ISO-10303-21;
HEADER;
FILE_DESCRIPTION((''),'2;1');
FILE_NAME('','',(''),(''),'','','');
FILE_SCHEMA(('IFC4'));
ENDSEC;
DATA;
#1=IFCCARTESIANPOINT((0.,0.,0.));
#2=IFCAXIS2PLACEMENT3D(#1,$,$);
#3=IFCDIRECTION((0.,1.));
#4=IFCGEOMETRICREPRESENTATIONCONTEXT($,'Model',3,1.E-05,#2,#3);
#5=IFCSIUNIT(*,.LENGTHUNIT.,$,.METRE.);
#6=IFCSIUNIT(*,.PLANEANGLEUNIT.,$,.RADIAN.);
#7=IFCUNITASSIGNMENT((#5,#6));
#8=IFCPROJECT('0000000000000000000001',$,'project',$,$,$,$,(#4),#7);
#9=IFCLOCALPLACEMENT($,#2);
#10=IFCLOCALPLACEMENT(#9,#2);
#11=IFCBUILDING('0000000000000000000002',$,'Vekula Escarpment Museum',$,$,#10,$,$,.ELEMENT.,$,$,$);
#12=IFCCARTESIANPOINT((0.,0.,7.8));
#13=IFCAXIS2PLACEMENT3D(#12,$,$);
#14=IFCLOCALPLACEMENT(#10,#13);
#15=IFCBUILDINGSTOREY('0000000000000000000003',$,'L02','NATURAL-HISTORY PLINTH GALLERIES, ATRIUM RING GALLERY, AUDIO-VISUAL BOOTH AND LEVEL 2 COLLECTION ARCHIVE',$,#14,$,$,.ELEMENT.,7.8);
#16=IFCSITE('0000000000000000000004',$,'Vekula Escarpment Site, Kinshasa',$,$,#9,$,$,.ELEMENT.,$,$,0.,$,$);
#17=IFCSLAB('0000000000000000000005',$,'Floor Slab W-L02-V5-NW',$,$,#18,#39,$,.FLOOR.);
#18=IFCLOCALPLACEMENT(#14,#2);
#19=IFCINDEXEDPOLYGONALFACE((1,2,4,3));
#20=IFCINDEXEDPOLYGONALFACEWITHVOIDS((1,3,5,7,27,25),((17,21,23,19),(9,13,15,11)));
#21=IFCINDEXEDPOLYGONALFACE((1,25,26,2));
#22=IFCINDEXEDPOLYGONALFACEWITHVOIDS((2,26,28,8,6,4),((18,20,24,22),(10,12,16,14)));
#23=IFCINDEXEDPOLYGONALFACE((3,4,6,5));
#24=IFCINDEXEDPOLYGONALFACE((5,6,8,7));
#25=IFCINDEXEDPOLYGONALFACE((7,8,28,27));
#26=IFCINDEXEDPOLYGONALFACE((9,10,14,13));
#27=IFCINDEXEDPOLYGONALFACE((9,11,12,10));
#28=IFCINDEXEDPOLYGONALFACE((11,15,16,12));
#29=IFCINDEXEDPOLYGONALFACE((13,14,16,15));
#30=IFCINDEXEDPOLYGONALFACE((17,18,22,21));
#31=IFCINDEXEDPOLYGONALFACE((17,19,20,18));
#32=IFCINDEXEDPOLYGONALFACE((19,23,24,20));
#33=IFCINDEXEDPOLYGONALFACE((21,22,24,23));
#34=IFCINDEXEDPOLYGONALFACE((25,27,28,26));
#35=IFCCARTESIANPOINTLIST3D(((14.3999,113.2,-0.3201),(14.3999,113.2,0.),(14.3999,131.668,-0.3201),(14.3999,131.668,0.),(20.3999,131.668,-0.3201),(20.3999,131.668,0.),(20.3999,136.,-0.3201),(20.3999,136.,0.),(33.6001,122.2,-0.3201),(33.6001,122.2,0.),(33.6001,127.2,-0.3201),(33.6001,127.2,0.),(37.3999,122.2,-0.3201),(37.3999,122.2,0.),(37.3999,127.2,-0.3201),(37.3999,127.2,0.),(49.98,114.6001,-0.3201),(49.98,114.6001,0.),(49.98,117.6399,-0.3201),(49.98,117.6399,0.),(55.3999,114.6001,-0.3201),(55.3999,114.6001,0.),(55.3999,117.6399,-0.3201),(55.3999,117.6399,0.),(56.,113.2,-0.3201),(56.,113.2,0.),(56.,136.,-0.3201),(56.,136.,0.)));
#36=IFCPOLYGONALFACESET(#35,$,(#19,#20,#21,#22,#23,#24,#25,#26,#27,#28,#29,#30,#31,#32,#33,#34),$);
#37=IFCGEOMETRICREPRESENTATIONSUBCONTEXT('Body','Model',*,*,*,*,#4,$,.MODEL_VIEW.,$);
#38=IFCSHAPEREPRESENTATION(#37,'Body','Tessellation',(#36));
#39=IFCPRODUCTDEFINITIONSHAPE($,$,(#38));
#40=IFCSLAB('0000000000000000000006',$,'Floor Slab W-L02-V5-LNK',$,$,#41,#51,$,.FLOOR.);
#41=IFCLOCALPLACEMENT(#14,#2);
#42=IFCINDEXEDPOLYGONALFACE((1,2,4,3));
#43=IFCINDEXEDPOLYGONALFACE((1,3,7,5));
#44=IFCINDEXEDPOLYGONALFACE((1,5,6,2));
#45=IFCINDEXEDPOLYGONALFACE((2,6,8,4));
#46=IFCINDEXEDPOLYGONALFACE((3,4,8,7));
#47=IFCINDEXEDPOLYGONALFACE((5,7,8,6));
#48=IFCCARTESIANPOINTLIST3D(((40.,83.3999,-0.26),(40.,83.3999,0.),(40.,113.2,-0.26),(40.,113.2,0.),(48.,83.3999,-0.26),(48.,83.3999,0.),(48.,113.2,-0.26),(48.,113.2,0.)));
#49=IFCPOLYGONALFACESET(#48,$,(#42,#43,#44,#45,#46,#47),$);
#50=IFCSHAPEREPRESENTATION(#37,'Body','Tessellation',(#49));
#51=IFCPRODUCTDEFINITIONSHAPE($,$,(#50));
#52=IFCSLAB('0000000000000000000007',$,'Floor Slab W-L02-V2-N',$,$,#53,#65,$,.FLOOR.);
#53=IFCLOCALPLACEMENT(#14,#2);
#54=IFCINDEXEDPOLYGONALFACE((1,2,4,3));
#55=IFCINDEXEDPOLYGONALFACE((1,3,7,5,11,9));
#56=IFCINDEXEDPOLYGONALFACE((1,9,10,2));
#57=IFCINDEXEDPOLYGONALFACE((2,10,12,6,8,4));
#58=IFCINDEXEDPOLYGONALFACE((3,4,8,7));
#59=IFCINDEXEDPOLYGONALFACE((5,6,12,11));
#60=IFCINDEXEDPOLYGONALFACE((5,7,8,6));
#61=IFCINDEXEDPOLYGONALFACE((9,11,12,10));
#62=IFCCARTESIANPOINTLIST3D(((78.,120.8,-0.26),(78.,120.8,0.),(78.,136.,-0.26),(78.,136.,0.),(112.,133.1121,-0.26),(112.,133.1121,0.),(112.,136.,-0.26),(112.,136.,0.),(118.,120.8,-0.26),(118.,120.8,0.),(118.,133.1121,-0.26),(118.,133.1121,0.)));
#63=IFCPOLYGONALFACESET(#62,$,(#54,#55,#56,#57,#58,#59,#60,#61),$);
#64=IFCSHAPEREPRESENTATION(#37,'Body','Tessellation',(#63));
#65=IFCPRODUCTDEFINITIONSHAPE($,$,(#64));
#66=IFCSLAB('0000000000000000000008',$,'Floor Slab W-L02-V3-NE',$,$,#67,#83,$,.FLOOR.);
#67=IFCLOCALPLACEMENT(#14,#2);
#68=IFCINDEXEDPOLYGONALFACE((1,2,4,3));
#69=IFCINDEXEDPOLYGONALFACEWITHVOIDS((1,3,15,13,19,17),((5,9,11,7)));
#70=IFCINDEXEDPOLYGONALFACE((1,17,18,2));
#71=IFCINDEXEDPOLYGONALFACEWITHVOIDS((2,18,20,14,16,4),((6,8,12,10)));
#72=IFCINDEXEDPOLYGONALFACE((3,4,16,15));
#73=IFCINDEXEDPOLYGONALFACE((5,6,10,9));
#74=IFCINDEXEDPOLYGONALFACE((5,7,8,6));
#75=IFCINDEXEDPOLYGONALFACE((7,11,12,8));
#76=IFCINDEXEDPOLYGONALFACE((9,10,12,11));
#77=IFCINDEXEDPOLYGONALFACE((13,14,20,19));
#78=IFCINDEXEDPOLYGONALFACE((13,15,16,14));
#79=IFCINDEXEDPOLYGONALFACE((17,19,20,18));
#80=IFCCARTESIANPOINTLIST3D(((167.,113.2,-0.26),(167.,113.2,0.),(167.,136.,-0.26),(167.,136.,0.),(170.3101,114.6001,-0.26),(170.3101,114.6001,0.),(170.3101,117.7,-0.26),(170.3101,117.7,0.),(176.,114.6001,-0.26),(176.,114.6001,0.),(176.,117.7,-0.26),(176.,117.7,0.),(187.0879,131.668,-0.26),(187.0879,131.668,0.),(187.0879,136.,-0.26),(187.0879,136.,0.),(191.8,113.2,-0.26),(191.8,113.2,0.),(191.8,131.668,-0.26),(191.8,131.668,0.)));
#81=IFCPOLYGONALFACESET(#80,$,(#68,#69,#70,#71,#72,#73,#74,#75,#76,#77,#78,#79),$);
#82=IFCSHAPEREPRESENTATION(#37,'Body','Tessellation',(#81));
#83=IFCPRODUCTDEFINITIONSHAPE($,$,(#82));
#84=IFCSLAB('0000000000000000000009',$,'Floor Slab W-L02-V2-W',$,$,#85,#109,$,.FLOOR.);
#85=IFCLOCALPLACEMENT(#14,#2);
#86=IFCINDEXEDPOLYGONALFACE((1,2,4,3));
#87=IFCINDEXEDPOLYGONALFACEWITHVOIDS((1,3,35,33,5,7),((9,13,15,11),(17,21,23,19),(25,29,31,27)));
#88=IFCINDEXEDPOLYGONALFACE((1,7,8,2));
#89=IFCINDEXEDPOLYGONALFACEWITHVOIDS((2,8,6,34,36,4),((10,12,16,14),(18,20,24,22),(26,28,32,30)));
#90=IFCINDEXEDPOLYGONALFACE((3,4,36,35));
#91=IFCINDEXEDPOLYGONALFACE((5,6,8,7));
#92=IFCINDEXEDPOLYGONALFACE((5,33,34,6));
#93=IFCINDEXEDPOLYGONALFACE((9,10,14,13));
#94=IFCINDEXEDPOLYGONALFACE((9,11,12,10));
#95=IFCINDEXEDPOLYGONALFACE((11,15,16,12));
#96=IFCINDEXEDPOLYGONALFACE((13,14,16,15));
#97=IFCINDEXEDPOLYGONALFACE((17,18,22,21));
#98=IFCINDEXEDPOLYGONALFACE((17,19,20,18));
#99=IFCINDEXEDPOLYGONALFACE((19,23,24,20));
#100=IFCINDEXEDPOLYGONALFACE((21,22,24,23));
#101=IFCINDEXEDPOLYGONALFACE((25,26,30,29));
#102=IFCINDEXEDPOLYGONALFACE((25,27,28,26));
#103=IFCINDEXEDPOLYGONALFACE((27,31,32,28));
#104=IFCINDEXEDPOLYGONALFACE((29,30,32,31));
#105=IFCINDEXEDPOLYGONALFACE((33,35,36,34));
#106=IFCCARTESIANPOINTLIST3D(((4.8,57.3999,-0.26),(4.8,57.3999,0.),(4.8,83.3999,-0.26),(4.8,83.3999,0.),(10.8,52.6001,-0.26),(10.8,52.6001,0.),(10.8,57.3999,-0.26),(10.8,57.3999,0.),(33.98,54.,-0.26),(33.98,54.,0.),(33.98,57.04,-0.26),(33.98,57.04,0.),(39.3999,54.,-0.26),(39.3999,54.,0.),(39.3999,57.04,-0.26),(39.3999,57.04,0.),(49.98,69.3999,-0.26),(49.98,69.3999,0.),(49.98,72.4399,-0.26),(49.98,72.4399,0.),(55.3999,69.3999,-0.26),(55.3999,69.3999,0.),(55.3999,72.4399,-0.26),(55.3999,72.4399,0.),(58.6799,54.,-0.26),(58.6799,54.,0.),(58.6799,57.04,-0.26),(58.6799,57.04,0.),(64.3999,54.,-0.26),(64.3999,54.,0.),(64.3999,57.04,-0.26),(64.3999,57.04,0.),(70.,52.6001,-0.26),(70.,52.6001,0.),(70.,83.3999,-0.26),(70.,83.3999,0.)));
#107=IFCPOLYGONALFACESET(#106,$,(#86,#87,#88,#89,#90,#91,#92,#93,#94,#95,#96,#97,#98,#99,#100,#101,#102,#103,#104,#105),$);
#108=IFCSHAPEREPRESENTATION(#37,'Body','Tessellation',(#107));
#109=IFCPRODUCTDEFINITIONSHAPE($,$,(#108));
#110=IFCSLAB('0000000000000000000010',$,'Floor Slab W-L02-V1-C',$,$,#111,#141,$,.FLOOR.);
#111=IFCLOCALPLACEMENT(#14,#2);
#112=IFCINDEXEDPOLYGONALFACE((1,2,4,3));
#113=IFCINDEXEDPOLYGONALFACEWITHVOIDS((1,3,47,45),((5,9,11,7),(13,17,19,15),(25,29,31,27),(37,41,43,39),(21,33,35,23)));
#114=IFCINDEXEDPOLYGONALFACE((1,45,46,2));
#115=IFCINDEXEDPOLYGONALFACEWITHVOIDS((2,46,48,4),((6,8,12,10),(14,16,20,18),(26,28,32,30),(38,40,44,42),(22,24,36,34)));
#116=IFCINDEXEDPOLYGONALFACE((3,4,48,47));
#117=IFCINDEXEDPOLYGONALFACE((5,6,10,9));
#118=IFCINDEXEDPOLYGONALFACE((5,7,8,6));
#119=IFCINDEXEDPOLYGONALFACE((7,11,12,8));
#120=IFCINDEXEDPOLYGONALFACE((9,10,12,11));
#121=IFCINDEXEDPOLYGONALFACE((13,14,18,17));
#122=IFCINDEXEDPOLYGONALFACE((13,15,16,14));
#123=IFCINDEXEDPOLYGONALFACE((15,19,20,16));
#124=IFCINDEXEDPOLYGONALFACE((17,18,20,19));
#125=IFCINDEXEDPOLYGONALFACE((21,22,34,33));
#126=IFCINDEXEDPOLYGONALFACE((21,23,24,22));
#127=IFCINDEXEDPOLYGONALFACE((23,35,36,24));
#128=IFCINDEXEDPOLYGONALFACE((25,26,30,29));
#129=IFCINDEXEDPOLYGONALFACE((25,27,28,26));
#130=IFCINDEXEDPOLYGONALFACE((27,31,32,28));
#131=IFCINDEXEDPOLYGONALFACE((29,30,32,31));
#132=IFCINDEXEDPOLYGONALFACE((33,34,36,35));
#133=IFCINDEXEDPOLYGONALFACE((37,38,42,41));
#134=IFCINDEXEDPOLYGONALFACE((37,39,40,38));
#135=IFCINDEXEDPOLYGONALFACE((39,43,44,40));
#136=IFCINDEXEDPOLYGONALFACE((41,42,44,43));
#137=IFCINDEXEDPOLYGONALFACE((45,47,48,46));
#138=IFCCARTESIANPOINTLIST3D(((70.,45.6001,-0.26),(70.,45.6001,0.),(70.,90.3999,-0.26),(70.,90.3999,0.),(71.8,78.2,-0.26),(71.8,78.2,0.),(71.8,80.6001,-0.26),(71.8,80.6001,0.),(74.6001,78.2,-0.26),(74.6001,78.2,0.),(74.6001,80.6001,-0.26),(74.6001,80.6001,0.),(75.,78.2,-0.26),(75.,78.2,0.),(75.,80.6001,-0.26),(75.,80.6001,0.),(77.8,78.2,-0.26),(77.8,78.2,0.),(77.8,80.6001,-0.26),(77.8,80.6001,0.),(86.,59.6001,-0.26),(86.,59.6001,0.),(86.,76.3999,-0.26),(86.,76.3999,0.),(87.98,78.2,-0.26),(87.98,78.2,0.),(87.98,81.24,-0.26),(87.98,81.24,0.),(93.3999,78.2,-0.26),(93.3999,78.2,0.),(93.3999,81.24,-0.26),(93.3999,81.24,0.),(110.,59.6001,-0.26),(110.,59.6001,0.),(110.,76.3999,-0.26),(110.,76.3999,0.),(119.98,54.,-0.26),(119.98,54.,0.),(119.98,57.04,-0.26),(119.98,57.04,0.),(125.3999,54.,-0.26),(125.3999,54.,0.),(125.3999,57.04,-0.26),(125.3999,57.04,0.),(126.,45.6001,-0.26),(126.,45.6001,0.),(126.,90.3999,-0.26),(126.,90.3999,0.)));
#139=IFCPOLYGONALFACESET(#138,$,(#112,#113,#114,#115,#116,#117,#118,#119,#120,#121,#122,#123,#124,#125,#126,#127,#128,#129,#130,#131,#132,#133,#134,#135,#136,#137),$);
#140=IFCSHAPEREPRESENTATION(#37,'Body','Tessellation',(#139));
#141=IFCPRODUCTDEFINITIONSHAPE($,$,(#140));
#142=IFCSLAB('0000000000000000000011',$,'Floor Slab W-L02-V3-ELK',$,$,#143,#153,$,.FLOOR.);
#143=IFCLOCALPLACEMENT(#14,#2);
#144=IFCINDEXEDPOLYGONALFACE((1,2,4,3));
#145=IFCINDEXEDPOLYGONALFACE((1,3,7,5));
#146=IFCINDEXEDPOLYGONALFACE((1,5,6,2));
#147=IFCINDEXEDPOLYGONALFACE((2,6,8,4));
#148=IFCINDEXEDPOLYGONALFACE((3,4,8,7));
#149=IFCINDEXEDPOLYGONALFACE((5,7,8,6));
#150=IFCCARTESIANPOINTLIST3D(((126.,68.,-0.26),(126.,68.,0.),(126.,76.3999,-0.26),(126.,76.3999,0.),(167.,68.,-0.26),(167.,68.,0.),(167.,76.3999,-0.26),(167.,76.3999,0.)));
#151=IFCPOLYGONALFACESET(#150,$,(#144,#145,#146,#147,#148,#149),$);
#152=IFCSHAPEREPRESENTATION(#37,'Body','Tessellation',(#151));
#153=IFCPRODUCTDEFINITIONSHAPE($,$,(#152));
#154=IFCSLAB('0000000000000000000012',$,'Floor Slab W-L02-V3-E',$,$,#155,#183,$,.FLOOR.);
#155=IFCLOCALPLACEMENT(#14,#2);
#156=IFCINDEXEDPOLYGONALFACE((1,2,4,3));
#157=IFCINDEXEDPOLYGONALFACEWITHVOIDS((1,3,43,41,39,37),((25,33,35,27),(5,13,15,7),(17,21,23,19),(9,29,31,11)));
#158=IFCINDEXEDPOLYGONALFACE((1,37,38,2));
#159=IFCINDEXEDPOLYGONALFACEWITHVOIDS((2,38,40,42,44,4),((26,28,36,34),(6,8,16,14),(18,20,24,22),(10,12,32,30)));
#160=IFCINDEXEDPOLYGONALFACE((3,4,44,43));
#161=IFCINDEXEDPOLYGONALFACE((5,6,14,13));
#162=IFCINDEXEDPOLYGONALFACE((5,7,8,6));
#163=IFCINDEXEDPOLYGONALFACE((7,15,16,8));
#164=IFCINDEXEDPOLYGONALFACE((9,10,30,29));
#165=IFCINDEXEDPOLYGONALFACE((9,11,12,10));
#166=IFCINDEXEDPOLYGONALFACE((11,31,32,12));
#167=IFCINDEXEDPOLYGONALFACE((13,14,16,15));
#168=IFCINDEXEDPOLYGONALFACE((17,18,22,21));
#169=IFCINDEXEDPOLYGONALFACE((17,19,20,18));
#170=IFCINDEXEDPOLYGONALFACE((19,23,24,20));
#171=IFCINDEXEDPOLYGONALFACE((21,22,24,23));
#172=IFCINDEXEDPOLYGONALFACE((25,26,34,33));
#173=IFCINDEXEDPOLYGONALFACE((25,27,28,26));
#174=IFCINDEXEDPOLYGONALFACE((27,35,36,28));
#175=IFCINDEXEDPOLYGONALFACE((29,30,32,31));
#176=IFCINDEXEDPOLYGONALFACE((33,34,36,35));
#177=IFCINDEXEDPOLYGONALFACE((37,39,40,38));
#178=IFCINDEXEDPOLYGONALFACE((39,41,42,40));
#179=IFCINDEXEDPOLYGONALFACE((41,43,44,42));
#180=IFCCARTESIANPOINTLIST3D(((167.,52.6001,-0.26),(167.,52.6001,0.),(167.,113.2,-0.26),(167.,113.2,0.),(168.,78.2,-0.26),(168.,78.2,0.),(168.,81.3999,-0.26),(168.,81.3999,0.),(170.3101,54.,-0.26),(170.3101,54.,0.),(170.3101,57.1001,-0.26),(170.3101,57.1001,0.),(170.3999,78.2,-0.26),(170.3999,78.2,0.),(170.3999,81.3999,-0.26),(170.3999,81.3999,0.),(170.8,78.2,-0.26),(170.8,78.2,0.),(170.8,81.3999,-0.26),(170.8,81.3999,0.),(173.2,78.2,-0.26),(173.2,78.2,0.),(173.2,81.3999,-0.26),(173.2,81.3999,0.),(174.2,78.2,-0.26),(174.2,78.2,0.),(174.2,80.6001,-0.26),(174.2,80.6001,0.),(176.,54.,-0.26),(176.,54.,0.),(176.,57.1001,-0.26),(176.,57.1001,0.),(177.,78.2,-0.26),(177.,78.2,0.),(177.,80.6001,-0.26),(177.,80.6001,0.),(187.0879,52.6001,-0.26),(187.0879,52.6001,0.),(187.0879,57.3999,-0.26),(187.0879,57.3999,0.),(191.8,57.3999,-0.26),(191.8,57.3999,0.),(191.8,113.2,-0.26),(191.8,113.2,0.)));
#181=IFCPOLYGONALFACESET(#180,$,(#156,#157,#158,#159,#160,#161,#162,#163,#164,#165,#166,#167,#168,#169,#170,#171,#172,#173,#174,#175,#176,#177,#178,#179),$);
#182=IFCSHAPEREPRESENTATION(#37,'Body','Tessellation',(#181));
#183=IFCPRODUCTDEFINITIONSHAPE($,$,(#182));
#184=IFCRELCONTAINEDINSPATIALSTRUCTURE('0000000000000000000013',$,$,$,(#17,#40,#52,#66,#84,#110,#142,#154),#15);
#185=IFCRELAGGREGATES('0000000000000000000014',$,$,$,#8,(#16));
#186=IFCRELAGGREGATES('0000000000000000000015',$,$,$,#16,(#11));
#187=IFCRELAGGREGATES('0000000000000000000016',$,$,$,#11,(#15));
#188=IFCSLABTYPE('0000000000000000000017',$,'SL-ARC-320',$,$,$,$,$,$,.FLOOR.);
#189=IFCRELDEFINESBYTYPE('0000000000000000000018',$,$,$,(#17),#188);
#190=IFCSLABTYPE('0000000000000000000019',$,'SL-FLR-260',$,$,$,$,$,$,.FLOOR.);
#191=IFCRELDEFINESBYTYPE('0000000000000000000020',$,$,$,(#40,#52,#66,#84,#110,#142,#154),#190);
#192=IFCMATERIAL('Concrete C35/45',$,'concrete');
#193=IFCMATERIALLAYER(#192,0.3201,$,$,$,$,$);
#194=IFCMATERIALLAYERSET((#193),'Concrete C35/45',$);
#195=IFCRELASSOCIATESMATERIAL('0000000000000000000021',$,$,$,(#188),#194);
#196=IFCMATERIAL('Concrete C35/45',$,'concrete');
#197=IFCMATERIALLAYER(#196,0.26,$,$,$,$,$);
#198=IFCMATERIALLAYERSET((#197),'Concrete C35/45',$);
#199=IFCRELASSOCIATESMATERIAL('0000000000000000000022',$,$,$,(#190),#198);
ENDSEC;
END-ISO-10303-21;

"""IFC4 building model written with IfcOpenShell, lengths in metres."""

from ifc_helpers import new_model, si_unit, direction, frame, origin, place, context, subcontext, project, spatial, polyline, outline, extrude, material, layer, layer_set, type_object, element, save


model = new_model("IFC4")

# Units and contexts
model_context = context("Model", 3, precision=1e-05, world=origin(), true_north=direction((0.0, 1.0)))
body_context = subcontext(model_context, "Body", "Model", "MODEL_VIEW")
ifc_project = project(units=[si_unit("LENGTHUNIT", "METRE"), si_unit("PLANEANGLEUNIT", "RADIAN")], contexts=[model_context])

# Site, building, storey
site_placement = place(None, origin())
site = spatial("IfcSite", under=ifc_project, at=site_placement, Name="Vekula Escarpment Site, Kinshasa", CompositionType="ELEMENT", RefElevation=0.0)
building_placement = place(site_placement, origin())
building = spatial("IfcBuilding", under=site, at=building_placement, Name="Vekula Escarpment Museum", CompositionType="ELEMENT")
storey_placement = place(building_placement, frame((0.0, 0.0, 7.8)))
storey = spatial("IfcBuildingStorey", under=building, at=storey_placement, Name="L02", Description="NATURAL-HISTORY PLINTH GALLERIES, ATRIUM RING GALLERY, AUDIO-VISUAL BOOTH AND LEVEL 2 COLLECTION ARCHIVE", CompositionType="ELEMENT", Elevation=7.8)

# Slabs
ifc_material_1 = material(Name="Concrete C35/45", Category="concrete")
ifc_layer_1 = layer(ifc_material_1, 0.3201)
ifc_layer_set_1 = layer_set([ifc_layer_1], Name="Concrete C35/45")
slab_type_1 = type_object("IfcSlabType", Name="SL-ARC-320", PredefinedType="FLOOR", material=ifc_layer_set_1)
slab_1_placement = place(storey_placement, frame((0.0, 0.0, -0.3201)))
element("IfcSlab", 1, at=slab_1_placement, inside=storey, type_object=slab_type_1, Name="Floor Slab W-L02-V5-NW", PredefinedType="FLOOR", context=body_context, shape_type="SweptSolid", body=[
    extrude(outline(polyline([(14.3999, 113.2), (56.0, 113.2), (56.0, 136.0), (20.3999, 136.0), (20.3999, 131.668), (14.3999, 131.668), (14.3999, 113.2)]), holes=[polyline([(49.98, 114.6001), (55.3999, 114.6001), (55.3999, 117.6399), (49.98, 117.6399), (49.98, 114.6001)]), polyline([(33.6001, 122.2), (37.3999, 122.2), (37.3999, 127.2), (33.6001, 127.2), (33.6001, 122.2)])]), origin(), (0.0, 0.0, 1.0), 0.3201),
])
ifc_material_2 = material(Name="Concrete C35/45", Category="concrete")
ifc_layer_2 = layer(ifc_material_2, 0.26)
ifc_layer_set_2 = layer_set([ifc_layer_2], Name="Concrete C35/45")
slab_type_2 = type_object("IfcSlabType", Name="SL-FLR-260", PredefinedType="FLOOR", material=ifc_layer_set_2)
slab_2_placement = place(storey_placement, frame((0.0, 0.0, -0.26)))
element("IfcSlab", 2, at=slab_2_placement, inside=storey, type_object=slab_type_2, Name="Floor Slab W-L02-V5-LNK", PredefinedType="FLOOR", context=body_context, shape_type="SweptSolid", body=[
    extrude(outline(polyline([(40.0, 83.3999), (48.0, 83.3999), (48.0, 113.2), (40.0, 113.2), (40.0, 83.3999)])), origin(), (0.0, 0.0, 1.0), 0.26),
])
slab_3_placement = place(storey_placement, frame((0.0, 0.0, -0.26)))
element("IfcSlab", 3, at=slab_3_placement, inside=storey, type_object=slab_type_2, Name="Floor Slab W-L02-V2-N", PredefinedType="FLOOR", context=body_context, shape_type="SweptSolid", body=[
    extrude(outline(polyline([(78.0, 120.8), (118.0, 120.8), (118.0, 133.1121), (112.0, 133.1121), (112.0, 136.0), (78.0, 136.0), (78.0, 120.8)])), origin(), (0.0, 0.0, 1.0), 0.26),
])
slab_4_placement = place(storey_placement, frame((0.0, 0.0, -0.26)))
element("IfcSlab", 4, at=slab_4_placement, inside=storey, type_object=slab_type_2, Name="Floor Slab W-L02-V3-NE", PredefinedType="FLOOR", context=body_context, shape_type="SweptSolid", body=[
    extrude(outline(polyline([(167.0, 113.2), (191.8, 113.2), (191.8, 131.668), (187.0879, 131.668), (187.0879, 136.0), (167.0, 136.0), (167.0, 113.2)]), holes=[polyline([(170.3101, 114.6001), (176.0, 114.6001), (176.0, 117.7), (170.3101, 117.7), (170.3101, 114.6001)])]), origin(), (0.0, 0.0, 1.0), 0.26),
])
slab_5_placement = place(storey_placement, frame((0.0, 0.0, -0.26)))
element("IfcSlab", 5, at=slab_5_placement, inside=storey, type_object=slab_type_2, Name="Floor Slab W-L02-V2-W", PredefinedType="FLOOR", context=body_context, shape_type="SweptSolid", body=[
    extrude(outline(polyline([(10.8, 52.6001), (70.0, 52.6001), (70.0, 83.3999), (4.8, 83.3999), (4.8, 57.3999), (10.8, 57.3999), (10.8, 52.6001)]), holes=[polyline([(58.6799, 54.0), (64.3999, 54.0), (64.3999, 57.04), (58.6799, 57.04), (58.6799, 54.0)]), polyline([(33.98, 54.0), (39.3999, 54.0), (39.3999, 57.04), (33.98, 57.04), (33.98, 54.0)]), polyline([(49.98, 69.3999), (55.3999, 69.3999), (55.3999, 72.4399), (49.98, 72.4399), (49.98, 69.3999)])]), origin(), (0.0, 0.0, 1.0), 0.26),
])
slab_6_placement = place(storey_placement, frame((0.0, 0.0, -0.26)))
element("IfcSlab", 6, at=slab_6_placement, inside=storey, type_object=slab_type_2, Name="Floor Slab W-L02-V1-C", PredefinedType="FLOOR", context=body_context, shape_type="SweptSolid", body=[
    extrude(outline(polyline([(70.0, 45.6001), (126.0, 45.6001), (126.0, 90.3999), (70.0, 90.3999), (70.0, 45.6001)]), holes=[polyline([(86.0, 59.6001), (110.0, 59.6001), (110.0, 76.3999), (86.0, 76.3999), (86.0, 59.6001)]), polyline([(119.98, 54.0), (125.3999, 54.0), (125.3999, 57.04), (119.98, 57.04), (119.98, 54.0)]), polyline([(87.98, 78.2), (93.3999, 78.2), (93.3999, 81.24), (87.98, 81.24), (87.98, 78.2)]), polyline([(71.8, 78.2), (74.6001, 78.2), (74.6001, 80.6001), (71.8, 80.6001), (71.8, 78.2)]), polyline([(75.0, 78.2), (77.8, 78.2), (77.8, 80.6001), (75.0, 80.6001), (75.0, 78.2)])]), origin(), (0.0, 0.0, 1.0), 0.26),
])
slab_7_placement = place(storey_placement, frame((0.0, 0.0, -0.26)))
element("IfcSlab", 7, at=slab_7_placement, inside=storey, type_object=slab_type_2, Name="Floor Slab W-L02-V3-ELK", PredefinedType="FLOOR", context=body_context, shape_type="SweptSolid", body=[
    extrude(outline(polyline([(126.0, 68.0), (167.0, 68.0), (167.0, 76.3999), (126.0, 76.3999), (126.0, 68.0)])), origin(), (0.0, 0.0, 1.0), 0.26),
])
slab_8_placement = place(storey_placement, frame((0.0, 0.0, -0.26)))
element("IfcSlab", 8, at=slab_8_placement, inside=storey, type_object=slab_type_2, Name="Floor Slab W-L02-V3-E", PredefinedType="FLOOR", context=body_context, shape_type="SweptSolid", body=[
    extrude(outline(polyline([(167.0, 52.6001), (187.0879, 52.6001), (187.0879, 57.3999), (191.8, 57.3999), (191.8, 113.2), (167.0, 113.2), (167.0, 52.6001)]), holes=[polyline([(170.3101, 54.0), (176.0, 54.0), (176.0, 57.1001), (170.3101, 57.1001), (170.3101, 54.0)]), polyline([(168.0, 78.2), (170.3999, 78.2), (170.3999, 81.3999), (168.0, 81.3999), (168.0, 78.2)]), polyline([(170.8, 78.2), (173.2, 78.2), (173.2, 81.3999), (170.8, 81.3999), (170.8, 78.2)]), polyline([(174.2, 78.2), (177.0, 78.2), (177.0, 80.6001), (174.2, 80.6001), (174.2, 78.2)])]), origin(), (0.0, 0.0, 1.0), 0.26),
])

save(model, "model.ifc")
